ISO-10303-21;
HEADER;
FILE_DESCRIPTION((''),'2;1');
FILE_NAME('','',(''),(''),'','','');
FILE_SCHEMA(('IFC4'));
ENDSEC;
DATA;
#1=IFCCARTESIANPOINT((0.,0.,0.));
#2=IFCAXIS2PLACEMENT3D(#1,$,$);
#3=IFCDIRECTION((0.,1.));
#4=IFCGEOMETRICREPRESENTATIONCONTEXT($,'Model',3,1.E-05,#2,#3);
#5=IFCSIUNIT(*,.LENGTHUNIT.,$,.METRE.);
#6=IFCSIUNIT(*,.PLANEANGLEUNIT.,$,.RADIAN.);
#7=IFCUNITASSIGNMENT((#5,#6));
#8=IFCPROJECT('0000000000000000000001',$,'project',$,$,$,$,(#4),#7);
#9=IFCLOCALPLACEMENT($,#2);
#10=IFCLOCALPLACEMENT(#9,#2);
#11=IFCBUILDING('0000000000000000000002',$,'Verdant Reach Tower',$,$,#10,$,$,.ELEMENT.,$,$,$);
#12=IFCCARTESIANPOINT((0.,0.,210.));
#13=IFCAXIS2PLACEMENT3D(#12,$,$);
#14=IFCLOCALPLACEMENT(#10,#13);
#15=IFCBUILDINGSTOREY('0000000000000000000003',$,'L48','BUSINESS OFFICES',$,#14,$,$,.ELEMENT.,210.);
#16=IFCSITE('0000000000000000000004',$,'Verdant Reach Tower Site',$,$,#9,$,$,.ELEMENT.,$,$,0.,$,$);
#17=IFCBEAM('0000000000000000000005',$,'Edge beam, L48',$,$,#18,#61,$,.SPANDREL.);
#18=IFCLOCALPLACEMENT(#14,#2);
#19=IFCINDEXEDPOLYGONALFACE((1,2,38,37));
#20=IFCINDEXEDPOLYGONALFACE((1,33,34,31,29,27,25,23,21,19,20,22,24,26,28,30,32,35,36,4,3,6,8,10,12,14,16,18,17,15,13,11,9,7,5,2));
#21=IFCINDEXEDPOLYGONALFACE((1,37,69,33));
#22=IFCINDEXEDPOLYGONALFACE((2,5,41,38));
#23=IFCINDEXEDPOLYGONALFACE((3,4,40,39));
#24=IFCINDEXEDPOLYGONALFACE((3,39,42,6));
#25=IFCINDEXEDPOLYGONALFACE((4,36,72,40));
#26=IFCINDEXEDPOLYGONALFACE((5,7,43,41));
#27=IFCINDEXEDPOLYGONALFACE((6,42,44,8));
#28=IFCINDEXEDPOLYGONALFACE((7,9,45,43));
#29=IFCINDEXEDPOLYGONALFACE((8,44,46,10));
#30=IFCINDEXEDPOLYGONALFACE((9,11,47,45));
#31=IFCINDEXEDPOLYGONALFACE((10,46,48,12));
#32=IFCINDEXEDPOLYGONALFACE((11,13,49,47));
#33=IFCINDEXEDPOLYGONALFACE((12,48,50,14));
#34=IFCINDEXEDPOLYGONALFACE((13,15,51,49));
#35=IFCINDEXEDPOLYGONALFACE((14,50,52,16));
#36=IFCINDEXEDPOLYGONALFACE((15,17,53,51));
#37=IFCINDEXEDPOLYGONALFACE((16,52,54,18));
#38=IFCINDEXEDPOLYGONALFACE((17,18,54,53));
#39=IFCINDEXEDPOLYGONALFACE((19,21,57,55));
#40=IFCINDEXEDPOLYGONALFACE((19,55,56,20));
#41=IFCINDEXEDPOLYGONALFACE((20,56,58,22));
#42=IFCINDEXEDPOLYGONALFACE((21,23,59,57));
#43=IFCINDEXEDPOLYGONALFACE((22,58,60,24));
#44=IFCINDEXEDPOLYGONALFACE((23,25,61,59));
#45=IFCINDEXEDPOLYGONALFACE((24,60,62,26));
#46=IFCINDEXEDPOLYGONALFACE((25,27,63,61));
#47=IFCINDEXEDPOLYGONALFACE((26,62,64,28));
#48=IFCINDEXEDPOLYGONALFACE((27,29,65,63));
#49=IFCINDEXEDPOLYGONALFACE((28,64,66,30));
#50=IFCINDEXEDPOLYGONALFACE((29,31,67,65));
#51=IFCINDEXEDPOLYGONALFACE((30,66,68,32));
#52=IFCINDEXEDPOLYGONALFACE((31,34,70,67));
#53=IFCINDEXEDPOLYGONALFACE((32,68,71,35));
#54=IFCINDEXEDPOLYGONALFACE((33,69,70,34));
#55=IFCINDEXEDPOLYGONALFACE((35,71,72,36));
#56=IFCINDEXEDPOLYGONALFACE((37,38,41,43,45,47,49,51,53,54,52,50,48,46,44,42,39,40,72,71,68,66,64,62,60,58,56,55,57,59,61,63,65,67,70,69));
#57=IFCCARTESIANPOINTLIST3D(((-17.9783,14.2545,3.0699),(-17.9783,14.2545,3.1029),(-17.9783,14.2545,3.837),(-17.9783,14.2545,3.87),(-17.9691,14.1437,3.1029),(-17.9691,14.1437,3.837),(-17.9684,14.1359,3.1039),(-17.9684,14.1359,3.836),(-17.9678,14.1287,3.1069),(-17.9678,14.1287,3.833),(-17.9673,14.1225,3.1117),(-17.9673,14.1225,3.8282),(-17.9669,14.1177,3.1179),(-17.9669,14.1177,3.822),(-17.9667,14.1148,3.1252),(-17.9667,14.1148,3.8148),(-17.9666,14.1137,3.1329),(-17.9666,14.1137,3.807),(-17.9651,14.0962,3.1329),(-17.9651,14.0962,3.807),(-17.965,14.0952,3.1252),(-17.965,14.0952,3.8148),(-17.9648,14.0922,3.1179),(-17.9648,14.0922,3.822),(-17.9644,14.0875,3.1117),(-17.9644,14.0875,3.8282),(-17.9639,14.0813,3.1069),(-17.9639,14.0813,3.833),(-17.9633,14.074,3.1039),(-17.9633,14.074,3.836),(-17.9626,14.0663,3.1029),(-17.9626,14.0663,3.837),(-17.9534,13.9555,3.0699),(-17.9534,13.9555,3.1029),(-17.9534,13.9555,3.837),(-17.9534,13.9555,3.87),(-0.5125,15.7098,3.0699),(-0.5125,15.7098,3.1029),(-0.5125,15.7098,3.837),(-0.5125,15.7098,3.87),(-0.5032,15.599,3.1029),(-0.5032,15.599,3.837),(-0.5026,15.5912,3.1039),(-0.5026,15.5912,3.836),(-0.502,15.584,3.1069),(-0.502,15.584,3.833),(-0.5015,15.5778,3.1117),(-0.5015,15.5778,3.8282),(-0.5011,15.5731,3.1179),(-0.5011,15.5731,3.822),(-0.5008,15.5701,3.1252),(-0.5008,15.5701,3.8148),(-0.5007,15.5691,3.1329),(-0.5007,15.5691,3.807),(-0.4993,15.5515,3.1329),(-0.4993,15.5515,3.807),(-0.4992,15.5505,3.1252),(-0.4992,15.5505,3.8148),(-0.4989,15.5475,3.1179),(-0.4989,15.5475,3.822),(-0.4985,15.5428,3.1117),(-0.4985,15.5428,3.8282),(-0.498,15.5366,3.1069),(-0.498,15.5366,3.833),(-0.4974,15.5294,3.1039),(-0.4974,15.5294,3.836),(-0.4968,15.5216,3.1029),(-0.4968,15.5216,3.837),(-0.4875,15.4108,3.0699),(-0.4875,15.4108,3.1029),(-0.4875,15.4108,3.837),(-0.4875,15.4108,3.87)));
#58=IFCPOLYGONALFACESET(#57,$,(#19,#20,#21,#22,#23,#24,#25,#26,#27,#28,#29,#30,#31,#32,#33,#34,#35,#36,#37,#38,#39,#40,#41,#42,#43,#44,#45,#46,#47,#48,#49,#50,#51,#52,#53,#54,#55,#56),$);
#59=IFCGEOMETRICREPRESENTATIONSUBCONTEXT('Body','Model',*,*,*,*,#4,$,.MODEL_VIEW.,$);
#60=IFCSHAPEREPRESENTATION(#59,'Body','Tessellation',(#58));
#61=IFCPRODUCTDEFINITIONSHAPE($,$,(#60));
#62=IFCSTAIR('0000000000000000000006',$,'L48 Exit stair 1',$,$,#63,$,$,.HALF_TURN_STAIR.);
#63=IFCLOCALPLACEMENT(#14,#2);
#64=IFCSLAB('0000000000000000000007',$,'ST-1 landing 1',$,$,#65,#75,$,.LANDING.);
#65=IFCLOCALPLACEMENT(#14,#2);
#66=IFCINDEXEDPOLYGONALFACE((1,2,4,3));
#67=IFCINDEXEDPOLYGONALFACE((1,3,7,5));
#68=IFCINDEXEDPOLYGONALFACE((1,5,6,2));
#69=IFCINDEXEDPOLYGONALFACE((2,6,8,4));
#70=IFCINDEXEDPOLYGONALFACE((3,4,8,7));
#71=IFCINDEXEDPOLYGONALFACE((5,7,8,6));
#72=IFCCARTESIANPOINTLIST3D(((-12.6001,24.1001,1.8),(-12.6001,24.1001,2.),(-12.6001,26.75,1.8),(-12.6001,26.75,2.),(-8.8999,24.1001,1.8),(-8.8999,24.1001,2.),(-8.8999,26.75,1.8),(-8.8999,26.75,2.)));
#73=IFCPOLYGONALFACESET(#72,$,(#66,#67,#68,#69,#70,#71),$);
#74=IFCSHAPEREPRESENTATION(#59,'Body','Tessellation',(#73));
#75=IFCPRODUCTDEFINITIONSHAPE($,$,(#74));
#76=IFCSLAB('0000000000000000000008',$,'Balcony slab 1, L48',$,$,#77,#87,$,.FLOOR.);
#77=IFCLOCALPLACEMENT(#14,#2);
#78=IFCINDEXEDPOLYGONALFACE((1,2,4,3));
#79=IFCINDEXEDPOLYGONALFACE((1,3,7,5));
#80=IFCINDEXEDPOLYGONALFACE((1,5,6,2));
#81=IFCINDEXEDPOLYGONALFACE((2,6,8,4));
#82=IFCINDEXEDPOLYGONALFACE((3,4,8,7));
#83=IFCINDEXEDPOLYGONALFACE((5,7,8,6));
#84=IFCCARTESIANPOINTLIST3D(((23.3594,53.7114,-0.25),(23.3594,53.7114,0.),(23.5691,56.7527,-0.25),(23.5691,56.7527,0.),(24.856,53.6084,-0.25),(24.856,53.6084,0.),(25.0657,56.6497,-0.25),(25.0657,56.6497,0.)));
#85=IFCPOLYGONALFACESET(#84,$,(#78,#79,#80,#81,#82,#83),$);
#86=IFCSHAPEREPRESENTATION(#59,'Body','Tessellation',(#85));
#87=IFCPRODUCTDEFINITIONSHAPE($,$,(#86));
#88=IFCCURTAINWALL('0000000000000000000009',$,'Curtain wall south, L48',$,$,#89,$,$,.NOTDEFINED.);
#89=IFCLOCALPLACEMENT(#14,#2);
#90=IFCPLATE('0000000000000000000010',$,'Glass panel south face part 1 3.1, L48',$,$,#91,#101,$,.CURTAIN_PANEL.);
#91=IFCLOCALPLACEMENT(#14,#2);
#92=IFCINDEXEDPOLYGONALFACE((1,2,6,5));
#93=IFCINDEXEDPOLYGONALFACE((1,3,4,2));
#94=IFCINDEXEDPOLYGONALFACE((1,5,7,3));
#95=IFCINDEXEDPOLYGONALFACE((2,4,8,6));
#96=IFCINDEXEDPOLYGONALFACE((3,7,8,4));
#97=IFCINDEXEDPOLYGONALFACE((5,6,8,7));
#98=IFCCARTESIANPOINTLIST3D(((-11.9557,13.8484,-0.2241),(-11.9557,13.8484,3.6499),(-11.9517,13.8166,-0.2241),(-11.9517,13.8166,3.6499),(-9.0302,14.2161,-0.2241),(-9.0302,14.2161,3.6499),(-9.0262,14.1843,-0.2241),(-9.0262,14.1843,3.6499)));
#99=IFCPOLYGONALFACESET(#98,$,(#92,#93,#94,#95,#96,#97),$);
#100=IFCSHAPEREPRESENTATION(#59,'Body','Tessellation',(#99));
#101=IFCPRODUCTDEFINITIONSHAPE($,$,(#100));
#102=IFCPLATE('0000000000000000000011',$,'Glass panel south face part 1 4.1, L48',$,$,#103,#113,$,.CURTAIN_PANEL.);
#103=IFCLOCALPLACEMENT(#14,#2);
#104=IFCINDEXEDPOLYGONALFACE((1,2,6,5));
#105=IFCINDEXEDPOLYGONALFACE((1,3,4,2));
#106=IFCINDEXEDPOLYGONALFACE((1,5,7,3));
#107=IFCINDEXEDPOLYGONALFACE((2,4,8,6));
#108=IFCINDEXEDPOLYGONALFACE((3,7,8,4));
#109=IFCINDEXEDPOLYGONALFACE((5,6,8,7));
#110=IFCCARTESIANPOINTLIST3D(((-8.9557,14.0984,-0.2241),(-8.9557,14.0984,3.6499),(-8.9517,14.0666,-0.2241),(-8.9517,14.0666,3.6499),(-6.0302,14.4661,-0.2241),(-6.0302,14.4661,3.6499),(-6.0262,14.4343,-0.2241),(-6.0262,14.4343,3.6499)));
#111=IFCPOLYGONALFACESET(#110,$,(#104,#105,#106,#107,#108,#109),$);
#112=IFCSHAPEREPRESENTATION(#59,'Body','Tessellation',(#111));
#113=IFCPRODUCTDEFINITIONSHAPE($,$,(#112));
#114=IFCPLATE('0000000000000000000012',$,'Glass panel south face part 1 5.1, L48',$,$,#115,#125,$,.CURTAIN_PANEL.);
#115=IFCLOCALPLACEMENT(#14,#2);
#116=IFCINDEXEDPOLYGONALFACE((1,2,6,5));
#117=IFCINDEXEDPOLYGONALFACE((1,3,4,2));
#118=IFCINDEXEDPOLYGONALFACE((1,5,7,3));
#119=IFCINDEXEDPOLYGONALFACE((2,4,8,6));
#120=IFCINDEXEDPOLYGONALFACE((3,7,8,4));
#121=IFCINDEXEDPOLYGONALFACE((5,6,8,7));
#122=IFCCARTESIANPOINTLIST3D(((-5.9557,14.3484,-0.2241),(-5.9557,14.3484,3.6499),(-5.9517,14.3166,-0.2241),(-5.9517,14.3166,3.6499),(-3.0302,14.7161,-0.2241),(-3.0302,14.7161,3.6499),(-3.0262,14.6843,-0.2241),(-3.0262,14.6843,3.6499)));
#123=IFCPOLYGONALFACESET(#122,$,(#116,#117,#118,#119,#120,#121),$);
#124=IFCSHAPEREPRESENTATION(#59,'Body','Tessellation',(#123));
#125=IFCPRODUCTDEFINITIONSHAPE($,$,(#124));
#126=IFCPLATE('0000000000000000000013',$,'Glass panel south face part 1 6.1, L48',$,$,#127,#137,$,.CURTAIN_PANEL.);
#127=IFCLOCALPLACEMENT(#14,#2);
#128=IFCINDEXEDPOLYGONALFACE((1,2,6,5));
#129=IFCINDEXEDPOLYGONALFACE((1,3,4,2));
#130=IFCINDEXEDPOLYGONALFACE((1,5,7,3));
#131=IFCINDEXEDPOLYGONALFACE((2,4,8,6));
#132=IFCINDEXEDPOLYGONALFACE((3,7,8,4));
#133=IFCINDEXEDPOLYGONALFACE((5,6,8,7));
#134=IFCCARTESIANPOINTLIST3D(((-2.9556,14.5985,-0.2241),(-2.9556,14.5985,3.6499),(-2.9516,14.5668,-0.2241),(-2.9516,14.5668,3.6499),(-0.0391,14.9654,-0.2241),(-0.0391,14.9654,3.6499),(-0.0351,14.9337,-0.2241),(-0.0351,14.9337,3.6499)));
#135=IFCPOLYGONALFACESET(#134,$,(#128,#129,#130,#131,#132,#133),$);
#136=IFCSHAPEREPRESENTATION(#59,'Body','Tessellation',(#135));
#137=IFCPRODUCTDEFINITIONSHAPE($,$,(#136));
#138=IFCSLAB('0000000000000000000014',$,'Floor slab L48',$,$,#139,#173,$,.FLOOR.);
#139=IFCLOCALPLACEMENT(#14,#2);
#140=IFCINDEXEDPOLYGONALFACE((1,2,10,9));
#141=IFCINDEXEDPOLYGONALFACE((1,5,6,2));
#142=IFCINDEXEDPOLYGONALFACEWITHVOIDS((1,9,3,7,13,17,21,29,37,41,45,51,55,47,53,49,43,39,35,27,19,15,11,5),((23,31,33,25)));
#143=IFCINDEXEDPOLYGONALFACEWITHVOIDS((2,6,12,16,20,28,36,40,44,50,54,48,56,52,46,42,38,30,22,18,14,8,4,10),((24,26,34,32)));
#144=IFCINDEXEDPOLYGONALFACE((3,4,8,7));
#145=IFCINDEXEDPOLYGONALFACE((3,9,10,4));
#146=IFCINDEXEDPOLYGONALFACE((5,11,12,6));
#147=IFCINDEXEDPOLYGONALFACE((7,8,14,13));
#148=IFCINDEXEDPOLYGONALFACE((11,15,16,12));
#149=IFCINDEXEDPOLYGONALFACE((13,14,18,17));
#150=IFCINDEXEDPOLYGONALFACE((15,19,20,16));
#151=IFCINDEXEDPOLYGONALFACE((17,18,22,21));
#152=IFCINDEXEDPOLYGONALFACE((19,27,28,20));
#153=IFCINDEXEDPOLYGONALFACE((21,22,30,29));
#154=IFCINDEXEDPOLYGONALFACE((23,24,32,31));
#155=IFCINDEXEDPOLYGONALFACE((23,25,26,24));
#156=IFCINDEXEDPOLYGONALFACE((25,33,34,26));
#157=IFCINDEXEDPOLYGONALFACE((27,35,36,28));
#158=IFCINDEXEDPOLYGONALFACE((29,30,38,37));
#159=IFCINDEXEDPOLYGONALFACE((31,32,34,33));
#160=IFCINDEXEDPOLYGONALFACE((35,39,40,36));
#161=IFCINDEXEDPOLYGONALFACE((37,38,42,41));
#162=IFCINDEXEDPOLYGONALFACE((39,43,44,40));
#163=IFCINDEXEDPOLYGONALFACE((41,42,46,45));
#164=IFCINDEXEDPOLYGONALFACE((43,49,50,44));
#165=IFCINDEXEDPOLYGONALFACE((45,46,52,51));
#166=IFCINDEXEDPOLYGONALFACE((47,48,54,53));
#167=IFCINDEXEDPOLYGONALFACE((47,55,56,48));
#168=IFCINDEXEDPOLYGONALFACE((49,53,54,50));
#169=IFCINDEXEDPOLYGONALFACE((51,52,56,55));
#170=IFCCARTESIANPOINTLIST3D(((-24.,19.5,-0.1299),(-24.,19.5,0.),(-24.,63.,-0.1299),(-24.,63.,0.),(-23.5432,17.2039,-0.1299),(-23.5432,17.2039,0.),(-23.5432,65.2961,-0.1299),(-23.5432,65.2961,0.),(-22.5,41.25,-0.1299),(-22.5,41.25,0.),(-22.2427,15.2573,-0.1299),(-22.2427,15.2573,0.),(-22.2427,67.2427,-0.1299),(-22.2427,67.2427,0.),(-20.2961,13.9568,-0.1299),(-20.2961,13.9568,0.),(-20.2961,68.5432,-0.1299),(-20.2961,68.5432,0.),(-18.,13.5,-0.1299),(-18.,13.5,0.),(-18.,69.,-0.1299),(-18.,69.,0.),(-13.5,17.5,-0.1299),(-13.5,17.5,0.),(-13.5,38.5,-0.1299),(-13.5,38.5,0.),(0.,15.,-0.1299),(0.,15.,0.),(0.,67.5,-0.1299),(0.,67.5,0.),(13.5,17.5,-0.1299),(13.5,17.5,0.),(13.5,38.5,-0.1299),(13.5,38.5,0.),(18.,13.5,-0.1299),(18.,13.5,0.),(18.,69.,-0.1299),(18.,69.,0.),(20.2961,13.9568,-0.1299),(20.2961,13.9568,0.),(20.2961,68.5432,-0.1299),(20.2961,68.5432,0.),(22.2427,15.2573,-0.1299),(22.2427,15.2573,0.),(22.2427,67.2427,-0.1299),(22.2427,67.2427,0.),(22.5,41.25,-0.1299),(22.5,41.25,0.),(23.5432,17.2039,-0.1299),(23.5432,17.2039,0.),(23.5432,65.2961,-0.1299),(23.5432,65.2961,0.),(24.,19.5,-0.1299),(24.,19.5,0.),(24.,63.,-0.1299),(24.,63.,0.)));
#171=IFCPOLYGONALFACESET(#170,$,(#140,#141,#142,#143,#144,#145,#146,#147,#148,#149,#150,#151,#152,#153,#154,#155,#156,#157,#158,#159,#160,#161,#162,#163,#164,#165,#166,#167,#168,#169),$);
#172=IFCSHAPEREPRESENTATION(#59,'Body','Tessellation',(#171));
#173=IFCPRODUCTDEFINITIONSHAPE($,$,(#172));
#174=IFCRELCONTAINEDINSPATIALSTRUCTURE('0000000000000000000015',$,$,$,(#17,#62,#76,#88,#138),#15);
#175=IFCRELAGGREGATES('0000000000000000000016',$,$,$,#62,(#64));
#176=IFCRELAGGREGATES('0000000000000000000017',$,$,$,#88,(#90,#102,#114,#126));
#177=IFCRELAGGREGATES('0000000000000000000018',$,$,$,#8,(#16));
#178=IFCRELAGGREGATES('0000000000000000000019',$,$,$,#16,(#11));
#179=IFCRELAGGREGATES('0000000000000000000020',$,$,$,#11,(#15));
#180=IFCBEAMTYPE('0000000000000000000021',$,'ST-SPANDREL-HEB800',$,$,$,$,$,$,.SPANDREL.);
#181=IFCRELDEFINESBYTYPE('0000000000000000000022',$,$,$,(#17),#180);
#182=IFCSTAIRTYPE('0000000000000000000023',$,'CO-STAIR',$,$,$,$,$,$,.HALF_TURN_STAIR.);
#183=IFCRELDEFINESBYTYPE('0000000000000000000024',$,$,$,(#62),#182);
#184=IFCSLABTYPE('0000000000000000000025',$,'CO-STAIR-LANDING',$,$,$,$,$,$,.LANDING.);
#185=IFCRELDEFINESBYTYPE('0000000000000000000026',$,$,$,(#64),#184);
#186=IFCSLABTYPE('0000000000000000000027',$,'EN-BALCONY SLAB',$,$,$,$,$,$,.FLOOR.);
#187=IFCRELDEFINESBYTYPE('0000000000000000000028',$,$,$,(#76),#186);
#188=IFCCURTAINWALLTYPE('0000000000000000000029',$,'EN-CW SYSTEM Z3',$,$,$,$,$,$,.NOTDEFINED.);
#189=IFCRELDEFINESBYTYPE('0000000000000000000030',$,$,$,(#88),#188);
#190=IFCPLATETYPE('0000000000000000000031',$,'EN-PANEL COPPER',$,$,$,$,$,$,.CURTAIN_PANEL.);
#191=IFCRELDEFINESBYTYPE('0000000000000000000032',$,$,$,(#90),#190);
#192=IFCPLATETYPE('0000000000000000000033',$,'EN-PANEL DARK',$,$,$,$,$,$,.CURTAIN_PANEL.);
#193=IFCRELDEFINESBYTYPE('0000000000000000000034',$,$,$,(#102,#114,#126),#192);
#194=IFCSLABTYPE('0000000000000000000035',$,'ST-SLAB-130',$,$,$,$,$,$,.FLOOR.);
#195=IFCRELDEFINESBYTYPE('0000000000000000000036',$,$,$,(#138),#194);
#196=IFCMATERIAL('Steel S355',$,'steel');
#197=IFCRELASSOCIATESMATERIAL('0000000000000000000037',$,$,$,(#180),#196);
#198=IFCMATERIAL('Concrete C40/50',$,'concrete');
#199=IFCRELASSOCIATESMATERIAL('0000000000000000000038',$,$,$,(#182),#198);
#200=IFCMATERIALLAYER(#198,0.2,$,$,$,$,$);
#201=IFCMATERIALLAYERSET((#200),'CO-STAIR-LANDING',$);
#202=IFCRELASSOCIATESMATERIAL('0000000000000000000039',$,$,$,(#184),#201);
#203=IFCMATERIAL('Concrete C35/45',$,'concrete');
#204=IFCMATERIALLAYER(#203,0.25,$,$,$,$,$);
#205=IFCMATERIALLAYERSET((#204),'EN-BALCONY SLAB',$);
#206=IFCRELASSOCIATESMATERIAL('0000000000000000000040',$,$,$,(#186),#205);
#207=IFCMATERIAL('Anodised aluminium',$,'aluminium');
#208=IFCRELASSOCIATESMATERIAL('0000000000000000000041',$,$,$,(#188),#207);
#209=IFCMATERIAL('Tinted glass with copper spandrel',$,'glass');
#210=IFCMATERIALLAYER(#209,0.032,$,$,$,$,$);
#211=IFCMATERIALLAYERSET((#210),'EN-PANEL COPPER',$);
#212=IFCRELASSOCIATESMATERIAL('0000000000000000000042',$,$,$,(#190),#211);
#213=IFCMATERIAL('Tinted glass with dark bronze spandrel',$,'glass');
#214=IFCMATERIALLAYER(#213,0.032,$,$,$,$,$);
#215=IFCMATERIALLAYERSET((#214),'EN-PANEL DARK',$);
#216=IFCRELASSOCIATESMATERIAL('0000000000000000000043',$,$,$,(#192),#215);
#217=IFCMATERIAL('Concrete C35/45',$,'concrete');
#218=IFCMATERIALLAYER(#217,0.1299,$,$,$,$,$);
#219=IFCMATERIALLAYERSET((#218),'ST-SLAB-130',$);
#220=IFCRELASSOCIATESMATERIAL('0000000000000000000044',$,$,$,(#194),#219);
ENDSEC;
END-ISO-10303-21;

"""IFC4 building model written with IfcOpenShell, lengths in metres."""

from ifc_helpers import new_model, si_unit, direction, frame, origin, origin_2d, place, context, subcontext, project, spatial, polyline, rectangle, i_section, outline, extrude, material, layer, layer_set, material_profile, profile_set, type_object, element, aggregate, save


model = new_model("IFC4")

# Units and contexts
model_context = context("Model", 3, precision=1e-05, world=origin(), true_north=direction((0.0, 1.0)))
body_context = subcontext(model_context, "Body", "Model", "MODEL_VIEW")
ifc_project = project(units=[si_unit("LENGTHUNIT", "METRE"), si_unit("PLANEANGLEUNIT", "RADIAN")], contexts=[model_context])

# Site, building, storey
site_placement = place(None, origin())
site = spatial("IfcSite", under=ifc_project, at=site_placement, Name="Verdant Reach Tower Site", CompositionType="ELEMENT", RefElevation=0.0)
building_placement = place(site_placement, origin())
building = spatial("IfcBuilding", under=site, at=building_placement, Name="Verdant Reach Tower", CompositionType="ELEMENT")
storey_placement = place(building_placement, frame((0.0, 0.0, 210.0)))
storey = spatial("IfcBuildingStorey", under=building, at=storey_placement, Name="L48", Description="BUSINESS OFFICES", CompositionType="ELEMENT", Elevation=210.0)

# Beam
ifc_material_1 = material(Name="Steel S355", Category="steel")
ifc_material_profile_1 = material_profile(ifc_material_1, i_section(OverallWidth=0.3, OverallDepth=0.8, WebThickness=0.0176, FlangeThickness=0.033, FilletRadius=0.03, at=origin_2d()), Name="HEB 800")
ifc_profile_set_1 = profile_set([ifc_material_profile_1], Name="Steel S355")
beam_type_1 = type_object("IfcBeamType", Name="ST-SPANDREL-HEB800", PredefinedType="SPANDREL", material=ifc_profile_set_1)
beam_1_placement = place(storey_placement, frame((-0.5, 15.5603, 3.47), z_axis=(-0.996547, -0.083036, 0.0), x_axis=(0.083036, -0.996547, 0.0)))
element("IfcBeam", 1, at=beam_1_placement, inside=storey, type_object=beam_type_1, Name="Edge beam, L48", PredefinedType="SPANDREL", context=body_context, shape_type="SweptSolid", body=[
    extrude(i_section(OverallWidth=0.3, OverallDepth=0.8, WebThickness=0.0176, FlangeThickness=0.033, FilletRadius=0.03, at=origin_2d()), origin(), (0.0, 0.0, 1.0), 17.5264),
])

# Stair, slab
ifc_material_2 = material(Name="Concrete C40/50", Category="concrete")
stair_type = type_object("IfcStairType", Name="CO-STAIR", PredefinedType="HALF_TURN_STAIR", material=ifc_material_2)
stair_placement = place(storey_placement, origin())
stair = element("IfcStair", 2, at=stair_placement, inside=storey, type_object=stair_type, Name="L48 Exit stair 1", PredefinedType="HALF_TURN_STAIR")
ifc_layer_1 = layer(ifc_material_2, 0.2)
ifc_layer_set_1 = layer_set([ifc_layer_1], Name="CO-STAIR-LANDING")
slab_type_1 = type_object("IfcSlabType", Name="CO-STAIR-LANDING", PredefinedType="LANDING", material=ifc_layer_set_1)
slab_1_placement = place(storey_placement, frame((0.0, 0.0, 1.8)))
slab_1 = element("IfcSlab", 3, at=slab_1_placement, type_object=slab_type_1, Name="ST-1 landing 1", PredefinedType="LANDING", context=body_context, shape_type="SweptSolid", body=[
    extrude(outline(polyline([(-12.6001, 26.75), (-12.6001, 24.1001), (-8.8999, 24.1001), (-8.8999, 26.75), (-12.6001, 26.75)])), origin(), (0.0, 0.0, 1.0), 0.2),
])
aggregate(stair, [slab_1])

# Slab
ifc_material_3 = material(Name="Concrete C35/45", Category="concrete")
ifc_layer_2 = layer(ifc_material_3, 0.25)
ifc_layer_set_2 = layer_set([ifc_layer_2], Name="EN-BALCONY SLAB")
slab_type_2 = type_object("IfcSlabType", Name="EN-BALCONY SLAB", PredefinedType="FLOOR", material=ifc_layer_set_2)
slab_2_placement = place(storey_placement, frame((0.0, 0.0, -0.25)))
element("IfcSlab", 4, at=slab_2_placement, inside=storey, type_object=slab_type_2, Name="Balcony slab 1, L48", PredefinedType="FLOOR", context=body_context, shape_type="SweptSolid", body=[
    extrude(outline(polyline([(23.3594, 53.7114), (23.5691, 56.7527), (25.0657, 56.6497), (24.856, 53.6084), (23.3594, 53.7114)])), origin(), (0.0, 0.0, 1.0), 0.25),
])

# Curtain wall, plates
ifc_material_4 = material(Name="Anodised aluminium", Category="aluminium")
curtain_wall_type = type_object("IfcCurtainWallType", Name="EN-CW SYSTEM Z3", PredefinedType="NOTDEFINED", material=ifc_material_4)
curtain_wall_placement = place(storey_placement, origin())
curtain_wall = element("IfcCurtainWall", 5, at=curtain_wall_placement, inside=storey, type_object=curtain_wall_type, Name="Curtain wall south, L48", PredefinedType="NOTDEFINED")
ifc_material_5 = material(Name="Tinted glass with copper spandrel", Category="glass")
ifc_layer_3 = layer(ifc_material_5, 0.032)
ifc_layer_set_3 = layer_set([ifc_layer_3], Name="EN-PANEL COPPER")
plate_type_1 = type_object("IfcPlateType", Name="EN-PANEL COPPER", PredefinedType="CURTAIN_PANEL", material=ifc_layer_set_3)
plate_1_placement = place(storey_placement, frame((-10.491, 14.0164, -0.2241), z_axis=(0.0, 0.0, 1.0), x_axis=(0.992194, 0.124704, 0.0)))
plate_1 = element("IfcPlate", 6, at=plate_1_placement, type_object=plate_type_1, Name="Glass panel south face part 1 3.1, L48", PredefinedType="CURTAIN_PANEL", context=body_context, shape_type="SweptSolid", body=[
    extrude(rectangle(XDim=2.9485, YDim=0.032, at=origin_2d()), origin(), (0.0, 0.0, 1.0), 3.874),
])
ifc_material_6 = material(Name="Tinted glass with dark bronze spandrel", Category="glass")
ifc_layer_4 = layer(ifc_material_6, 0.032)
ifc_layer_set_4 = layer_set([ifc_layer_4], Name="EN-PANEL DARK")
plate_type_2 = type_object("IfcPlateType", Name="EN-PANEL DARK", PredefinedType="CURTAIN_PANEL", material=ifc_layer_set_4)
plate_2_placement = place(storey_placement, frame((-7.491, 14.2664, -0.2241), z_axis=(0.0, 0.0, 1.0), x_axis=(0.992194, 0.124704, 0.0)))
plate_2 = element("IfcPlate", 7, at=plate_2_placement, type_object=plate_type_2, Name="Glass panel south face part 1 4.1, L48", PredefinedType="CURTAIN_PANEL", context=body_context, shape_type="SweptSolid", body=[
    extrude(rectangle(XDim=2.9485, YDim=0.032, at=origin_2d()), origin(), (0.0, 0.0, 1.0), 3.874),
])
plate_3_placement = place(storey_placement, frame((-4.491, 14.5164, -0.2241), z_axis=(0.0, 0.0, 1.0), x_axis=(0.992194, 0.124704, 0.0)))
plate_3 = element("IfcPlate", 8, at=plate_3_placement, type_object=plate_type_2, Name="Glass panel south face part 1 5.1, L48", PredefinedType="CURTAIN_PANEL", context=body_context, shape_type="SweptSolid", body=[
    extrude(rectangle(XDim=2.9485, YDim=0.032, at=origin_2d()), origin(), (0.0, 0.0, 1.0), 3.874),
])
plate_4_placement = place(storey_placement, frame((-1.4954, 14.7661, -0.2241), z_axis=(0.0, 0.0, 1.0), x_axis=(0.992178, 0.124828, 0.0)))
plate_4 = element("IfcPlate", 9, at=plate_4_placement, type_object=plate_type_2, Name="Glass panel south face part 1 6.1, L48", PredefinedType="CURTAIN_PANEL", context=body_context, shape_type="SweptSolid", body=[
    extrude(rectangle(XDim=2.9395, YDim=0.032, at=origin_2d()), origin(), (0.0, 0.0, 1.0), 3.874),
])
aggregate(curtain_wall, [plate_1, plate_2, plate_3, plate_4])

# Slab
ifc_material_7 = material(Name="Concrete C35/45", Category="concrete")
ifc_layer_5 = layer(ifc_material_7, 0.1299)
ifc_layer_set_5 = layer_set([ifc_layer_5], Name="ST-SLAB-130")
slab_type_3 = type_object("IfcSlabType", Name="ST-SLAB-130", PredefinedType="FLOOR", material=ifc_layer_set_5)
slab_3_placement = place(storey_placement, frame((0.0, 0.0, -0.1299)))
element("IfcSlab", 10, at=slab_3_placement, inside=storey, type_object=slab_type_3, Name="Floor slab L48", PredefinedType="FLOOR", context=body_context, shape_type="SweptSolid", body=[
    extrude(outline(polyline([(0.0, 15.0), (-18.0, 13.5), (-20.2961, 13.9568), (-22.2427, 15.2573), (-23.5432, 17.2039), (-24.0, 19.5), (-22.5, 41.25), (-24.0, 63.0), (-23.5432, 65.2961), (-22.2427, 67.2427), (-20.2961, 68.5432), (-18.0, 69.0), (0.0, 67.5), (18.0, 69.0), (20.2961, 68.5432), (22.2427, 67.2427), (23.5432, 65.2961), (24.0, 63.0), (22.5, 41.25), (24.0, 19.5), (23.5432, 17.2039), (22.2427, 15.2573), (20.2961, 13.9568), (18.0, 13.5), (0.0, 15.0)]), holes=[polyline([(13.5, 38.5), (-13.5, 38.5), (-13.5, 17.5), (13.5, 17.5), (13.5, 38.5)])]), origin(), (0.0, 0.0, 1.0), 0.1299),
])

save(model, "model.ifc")
